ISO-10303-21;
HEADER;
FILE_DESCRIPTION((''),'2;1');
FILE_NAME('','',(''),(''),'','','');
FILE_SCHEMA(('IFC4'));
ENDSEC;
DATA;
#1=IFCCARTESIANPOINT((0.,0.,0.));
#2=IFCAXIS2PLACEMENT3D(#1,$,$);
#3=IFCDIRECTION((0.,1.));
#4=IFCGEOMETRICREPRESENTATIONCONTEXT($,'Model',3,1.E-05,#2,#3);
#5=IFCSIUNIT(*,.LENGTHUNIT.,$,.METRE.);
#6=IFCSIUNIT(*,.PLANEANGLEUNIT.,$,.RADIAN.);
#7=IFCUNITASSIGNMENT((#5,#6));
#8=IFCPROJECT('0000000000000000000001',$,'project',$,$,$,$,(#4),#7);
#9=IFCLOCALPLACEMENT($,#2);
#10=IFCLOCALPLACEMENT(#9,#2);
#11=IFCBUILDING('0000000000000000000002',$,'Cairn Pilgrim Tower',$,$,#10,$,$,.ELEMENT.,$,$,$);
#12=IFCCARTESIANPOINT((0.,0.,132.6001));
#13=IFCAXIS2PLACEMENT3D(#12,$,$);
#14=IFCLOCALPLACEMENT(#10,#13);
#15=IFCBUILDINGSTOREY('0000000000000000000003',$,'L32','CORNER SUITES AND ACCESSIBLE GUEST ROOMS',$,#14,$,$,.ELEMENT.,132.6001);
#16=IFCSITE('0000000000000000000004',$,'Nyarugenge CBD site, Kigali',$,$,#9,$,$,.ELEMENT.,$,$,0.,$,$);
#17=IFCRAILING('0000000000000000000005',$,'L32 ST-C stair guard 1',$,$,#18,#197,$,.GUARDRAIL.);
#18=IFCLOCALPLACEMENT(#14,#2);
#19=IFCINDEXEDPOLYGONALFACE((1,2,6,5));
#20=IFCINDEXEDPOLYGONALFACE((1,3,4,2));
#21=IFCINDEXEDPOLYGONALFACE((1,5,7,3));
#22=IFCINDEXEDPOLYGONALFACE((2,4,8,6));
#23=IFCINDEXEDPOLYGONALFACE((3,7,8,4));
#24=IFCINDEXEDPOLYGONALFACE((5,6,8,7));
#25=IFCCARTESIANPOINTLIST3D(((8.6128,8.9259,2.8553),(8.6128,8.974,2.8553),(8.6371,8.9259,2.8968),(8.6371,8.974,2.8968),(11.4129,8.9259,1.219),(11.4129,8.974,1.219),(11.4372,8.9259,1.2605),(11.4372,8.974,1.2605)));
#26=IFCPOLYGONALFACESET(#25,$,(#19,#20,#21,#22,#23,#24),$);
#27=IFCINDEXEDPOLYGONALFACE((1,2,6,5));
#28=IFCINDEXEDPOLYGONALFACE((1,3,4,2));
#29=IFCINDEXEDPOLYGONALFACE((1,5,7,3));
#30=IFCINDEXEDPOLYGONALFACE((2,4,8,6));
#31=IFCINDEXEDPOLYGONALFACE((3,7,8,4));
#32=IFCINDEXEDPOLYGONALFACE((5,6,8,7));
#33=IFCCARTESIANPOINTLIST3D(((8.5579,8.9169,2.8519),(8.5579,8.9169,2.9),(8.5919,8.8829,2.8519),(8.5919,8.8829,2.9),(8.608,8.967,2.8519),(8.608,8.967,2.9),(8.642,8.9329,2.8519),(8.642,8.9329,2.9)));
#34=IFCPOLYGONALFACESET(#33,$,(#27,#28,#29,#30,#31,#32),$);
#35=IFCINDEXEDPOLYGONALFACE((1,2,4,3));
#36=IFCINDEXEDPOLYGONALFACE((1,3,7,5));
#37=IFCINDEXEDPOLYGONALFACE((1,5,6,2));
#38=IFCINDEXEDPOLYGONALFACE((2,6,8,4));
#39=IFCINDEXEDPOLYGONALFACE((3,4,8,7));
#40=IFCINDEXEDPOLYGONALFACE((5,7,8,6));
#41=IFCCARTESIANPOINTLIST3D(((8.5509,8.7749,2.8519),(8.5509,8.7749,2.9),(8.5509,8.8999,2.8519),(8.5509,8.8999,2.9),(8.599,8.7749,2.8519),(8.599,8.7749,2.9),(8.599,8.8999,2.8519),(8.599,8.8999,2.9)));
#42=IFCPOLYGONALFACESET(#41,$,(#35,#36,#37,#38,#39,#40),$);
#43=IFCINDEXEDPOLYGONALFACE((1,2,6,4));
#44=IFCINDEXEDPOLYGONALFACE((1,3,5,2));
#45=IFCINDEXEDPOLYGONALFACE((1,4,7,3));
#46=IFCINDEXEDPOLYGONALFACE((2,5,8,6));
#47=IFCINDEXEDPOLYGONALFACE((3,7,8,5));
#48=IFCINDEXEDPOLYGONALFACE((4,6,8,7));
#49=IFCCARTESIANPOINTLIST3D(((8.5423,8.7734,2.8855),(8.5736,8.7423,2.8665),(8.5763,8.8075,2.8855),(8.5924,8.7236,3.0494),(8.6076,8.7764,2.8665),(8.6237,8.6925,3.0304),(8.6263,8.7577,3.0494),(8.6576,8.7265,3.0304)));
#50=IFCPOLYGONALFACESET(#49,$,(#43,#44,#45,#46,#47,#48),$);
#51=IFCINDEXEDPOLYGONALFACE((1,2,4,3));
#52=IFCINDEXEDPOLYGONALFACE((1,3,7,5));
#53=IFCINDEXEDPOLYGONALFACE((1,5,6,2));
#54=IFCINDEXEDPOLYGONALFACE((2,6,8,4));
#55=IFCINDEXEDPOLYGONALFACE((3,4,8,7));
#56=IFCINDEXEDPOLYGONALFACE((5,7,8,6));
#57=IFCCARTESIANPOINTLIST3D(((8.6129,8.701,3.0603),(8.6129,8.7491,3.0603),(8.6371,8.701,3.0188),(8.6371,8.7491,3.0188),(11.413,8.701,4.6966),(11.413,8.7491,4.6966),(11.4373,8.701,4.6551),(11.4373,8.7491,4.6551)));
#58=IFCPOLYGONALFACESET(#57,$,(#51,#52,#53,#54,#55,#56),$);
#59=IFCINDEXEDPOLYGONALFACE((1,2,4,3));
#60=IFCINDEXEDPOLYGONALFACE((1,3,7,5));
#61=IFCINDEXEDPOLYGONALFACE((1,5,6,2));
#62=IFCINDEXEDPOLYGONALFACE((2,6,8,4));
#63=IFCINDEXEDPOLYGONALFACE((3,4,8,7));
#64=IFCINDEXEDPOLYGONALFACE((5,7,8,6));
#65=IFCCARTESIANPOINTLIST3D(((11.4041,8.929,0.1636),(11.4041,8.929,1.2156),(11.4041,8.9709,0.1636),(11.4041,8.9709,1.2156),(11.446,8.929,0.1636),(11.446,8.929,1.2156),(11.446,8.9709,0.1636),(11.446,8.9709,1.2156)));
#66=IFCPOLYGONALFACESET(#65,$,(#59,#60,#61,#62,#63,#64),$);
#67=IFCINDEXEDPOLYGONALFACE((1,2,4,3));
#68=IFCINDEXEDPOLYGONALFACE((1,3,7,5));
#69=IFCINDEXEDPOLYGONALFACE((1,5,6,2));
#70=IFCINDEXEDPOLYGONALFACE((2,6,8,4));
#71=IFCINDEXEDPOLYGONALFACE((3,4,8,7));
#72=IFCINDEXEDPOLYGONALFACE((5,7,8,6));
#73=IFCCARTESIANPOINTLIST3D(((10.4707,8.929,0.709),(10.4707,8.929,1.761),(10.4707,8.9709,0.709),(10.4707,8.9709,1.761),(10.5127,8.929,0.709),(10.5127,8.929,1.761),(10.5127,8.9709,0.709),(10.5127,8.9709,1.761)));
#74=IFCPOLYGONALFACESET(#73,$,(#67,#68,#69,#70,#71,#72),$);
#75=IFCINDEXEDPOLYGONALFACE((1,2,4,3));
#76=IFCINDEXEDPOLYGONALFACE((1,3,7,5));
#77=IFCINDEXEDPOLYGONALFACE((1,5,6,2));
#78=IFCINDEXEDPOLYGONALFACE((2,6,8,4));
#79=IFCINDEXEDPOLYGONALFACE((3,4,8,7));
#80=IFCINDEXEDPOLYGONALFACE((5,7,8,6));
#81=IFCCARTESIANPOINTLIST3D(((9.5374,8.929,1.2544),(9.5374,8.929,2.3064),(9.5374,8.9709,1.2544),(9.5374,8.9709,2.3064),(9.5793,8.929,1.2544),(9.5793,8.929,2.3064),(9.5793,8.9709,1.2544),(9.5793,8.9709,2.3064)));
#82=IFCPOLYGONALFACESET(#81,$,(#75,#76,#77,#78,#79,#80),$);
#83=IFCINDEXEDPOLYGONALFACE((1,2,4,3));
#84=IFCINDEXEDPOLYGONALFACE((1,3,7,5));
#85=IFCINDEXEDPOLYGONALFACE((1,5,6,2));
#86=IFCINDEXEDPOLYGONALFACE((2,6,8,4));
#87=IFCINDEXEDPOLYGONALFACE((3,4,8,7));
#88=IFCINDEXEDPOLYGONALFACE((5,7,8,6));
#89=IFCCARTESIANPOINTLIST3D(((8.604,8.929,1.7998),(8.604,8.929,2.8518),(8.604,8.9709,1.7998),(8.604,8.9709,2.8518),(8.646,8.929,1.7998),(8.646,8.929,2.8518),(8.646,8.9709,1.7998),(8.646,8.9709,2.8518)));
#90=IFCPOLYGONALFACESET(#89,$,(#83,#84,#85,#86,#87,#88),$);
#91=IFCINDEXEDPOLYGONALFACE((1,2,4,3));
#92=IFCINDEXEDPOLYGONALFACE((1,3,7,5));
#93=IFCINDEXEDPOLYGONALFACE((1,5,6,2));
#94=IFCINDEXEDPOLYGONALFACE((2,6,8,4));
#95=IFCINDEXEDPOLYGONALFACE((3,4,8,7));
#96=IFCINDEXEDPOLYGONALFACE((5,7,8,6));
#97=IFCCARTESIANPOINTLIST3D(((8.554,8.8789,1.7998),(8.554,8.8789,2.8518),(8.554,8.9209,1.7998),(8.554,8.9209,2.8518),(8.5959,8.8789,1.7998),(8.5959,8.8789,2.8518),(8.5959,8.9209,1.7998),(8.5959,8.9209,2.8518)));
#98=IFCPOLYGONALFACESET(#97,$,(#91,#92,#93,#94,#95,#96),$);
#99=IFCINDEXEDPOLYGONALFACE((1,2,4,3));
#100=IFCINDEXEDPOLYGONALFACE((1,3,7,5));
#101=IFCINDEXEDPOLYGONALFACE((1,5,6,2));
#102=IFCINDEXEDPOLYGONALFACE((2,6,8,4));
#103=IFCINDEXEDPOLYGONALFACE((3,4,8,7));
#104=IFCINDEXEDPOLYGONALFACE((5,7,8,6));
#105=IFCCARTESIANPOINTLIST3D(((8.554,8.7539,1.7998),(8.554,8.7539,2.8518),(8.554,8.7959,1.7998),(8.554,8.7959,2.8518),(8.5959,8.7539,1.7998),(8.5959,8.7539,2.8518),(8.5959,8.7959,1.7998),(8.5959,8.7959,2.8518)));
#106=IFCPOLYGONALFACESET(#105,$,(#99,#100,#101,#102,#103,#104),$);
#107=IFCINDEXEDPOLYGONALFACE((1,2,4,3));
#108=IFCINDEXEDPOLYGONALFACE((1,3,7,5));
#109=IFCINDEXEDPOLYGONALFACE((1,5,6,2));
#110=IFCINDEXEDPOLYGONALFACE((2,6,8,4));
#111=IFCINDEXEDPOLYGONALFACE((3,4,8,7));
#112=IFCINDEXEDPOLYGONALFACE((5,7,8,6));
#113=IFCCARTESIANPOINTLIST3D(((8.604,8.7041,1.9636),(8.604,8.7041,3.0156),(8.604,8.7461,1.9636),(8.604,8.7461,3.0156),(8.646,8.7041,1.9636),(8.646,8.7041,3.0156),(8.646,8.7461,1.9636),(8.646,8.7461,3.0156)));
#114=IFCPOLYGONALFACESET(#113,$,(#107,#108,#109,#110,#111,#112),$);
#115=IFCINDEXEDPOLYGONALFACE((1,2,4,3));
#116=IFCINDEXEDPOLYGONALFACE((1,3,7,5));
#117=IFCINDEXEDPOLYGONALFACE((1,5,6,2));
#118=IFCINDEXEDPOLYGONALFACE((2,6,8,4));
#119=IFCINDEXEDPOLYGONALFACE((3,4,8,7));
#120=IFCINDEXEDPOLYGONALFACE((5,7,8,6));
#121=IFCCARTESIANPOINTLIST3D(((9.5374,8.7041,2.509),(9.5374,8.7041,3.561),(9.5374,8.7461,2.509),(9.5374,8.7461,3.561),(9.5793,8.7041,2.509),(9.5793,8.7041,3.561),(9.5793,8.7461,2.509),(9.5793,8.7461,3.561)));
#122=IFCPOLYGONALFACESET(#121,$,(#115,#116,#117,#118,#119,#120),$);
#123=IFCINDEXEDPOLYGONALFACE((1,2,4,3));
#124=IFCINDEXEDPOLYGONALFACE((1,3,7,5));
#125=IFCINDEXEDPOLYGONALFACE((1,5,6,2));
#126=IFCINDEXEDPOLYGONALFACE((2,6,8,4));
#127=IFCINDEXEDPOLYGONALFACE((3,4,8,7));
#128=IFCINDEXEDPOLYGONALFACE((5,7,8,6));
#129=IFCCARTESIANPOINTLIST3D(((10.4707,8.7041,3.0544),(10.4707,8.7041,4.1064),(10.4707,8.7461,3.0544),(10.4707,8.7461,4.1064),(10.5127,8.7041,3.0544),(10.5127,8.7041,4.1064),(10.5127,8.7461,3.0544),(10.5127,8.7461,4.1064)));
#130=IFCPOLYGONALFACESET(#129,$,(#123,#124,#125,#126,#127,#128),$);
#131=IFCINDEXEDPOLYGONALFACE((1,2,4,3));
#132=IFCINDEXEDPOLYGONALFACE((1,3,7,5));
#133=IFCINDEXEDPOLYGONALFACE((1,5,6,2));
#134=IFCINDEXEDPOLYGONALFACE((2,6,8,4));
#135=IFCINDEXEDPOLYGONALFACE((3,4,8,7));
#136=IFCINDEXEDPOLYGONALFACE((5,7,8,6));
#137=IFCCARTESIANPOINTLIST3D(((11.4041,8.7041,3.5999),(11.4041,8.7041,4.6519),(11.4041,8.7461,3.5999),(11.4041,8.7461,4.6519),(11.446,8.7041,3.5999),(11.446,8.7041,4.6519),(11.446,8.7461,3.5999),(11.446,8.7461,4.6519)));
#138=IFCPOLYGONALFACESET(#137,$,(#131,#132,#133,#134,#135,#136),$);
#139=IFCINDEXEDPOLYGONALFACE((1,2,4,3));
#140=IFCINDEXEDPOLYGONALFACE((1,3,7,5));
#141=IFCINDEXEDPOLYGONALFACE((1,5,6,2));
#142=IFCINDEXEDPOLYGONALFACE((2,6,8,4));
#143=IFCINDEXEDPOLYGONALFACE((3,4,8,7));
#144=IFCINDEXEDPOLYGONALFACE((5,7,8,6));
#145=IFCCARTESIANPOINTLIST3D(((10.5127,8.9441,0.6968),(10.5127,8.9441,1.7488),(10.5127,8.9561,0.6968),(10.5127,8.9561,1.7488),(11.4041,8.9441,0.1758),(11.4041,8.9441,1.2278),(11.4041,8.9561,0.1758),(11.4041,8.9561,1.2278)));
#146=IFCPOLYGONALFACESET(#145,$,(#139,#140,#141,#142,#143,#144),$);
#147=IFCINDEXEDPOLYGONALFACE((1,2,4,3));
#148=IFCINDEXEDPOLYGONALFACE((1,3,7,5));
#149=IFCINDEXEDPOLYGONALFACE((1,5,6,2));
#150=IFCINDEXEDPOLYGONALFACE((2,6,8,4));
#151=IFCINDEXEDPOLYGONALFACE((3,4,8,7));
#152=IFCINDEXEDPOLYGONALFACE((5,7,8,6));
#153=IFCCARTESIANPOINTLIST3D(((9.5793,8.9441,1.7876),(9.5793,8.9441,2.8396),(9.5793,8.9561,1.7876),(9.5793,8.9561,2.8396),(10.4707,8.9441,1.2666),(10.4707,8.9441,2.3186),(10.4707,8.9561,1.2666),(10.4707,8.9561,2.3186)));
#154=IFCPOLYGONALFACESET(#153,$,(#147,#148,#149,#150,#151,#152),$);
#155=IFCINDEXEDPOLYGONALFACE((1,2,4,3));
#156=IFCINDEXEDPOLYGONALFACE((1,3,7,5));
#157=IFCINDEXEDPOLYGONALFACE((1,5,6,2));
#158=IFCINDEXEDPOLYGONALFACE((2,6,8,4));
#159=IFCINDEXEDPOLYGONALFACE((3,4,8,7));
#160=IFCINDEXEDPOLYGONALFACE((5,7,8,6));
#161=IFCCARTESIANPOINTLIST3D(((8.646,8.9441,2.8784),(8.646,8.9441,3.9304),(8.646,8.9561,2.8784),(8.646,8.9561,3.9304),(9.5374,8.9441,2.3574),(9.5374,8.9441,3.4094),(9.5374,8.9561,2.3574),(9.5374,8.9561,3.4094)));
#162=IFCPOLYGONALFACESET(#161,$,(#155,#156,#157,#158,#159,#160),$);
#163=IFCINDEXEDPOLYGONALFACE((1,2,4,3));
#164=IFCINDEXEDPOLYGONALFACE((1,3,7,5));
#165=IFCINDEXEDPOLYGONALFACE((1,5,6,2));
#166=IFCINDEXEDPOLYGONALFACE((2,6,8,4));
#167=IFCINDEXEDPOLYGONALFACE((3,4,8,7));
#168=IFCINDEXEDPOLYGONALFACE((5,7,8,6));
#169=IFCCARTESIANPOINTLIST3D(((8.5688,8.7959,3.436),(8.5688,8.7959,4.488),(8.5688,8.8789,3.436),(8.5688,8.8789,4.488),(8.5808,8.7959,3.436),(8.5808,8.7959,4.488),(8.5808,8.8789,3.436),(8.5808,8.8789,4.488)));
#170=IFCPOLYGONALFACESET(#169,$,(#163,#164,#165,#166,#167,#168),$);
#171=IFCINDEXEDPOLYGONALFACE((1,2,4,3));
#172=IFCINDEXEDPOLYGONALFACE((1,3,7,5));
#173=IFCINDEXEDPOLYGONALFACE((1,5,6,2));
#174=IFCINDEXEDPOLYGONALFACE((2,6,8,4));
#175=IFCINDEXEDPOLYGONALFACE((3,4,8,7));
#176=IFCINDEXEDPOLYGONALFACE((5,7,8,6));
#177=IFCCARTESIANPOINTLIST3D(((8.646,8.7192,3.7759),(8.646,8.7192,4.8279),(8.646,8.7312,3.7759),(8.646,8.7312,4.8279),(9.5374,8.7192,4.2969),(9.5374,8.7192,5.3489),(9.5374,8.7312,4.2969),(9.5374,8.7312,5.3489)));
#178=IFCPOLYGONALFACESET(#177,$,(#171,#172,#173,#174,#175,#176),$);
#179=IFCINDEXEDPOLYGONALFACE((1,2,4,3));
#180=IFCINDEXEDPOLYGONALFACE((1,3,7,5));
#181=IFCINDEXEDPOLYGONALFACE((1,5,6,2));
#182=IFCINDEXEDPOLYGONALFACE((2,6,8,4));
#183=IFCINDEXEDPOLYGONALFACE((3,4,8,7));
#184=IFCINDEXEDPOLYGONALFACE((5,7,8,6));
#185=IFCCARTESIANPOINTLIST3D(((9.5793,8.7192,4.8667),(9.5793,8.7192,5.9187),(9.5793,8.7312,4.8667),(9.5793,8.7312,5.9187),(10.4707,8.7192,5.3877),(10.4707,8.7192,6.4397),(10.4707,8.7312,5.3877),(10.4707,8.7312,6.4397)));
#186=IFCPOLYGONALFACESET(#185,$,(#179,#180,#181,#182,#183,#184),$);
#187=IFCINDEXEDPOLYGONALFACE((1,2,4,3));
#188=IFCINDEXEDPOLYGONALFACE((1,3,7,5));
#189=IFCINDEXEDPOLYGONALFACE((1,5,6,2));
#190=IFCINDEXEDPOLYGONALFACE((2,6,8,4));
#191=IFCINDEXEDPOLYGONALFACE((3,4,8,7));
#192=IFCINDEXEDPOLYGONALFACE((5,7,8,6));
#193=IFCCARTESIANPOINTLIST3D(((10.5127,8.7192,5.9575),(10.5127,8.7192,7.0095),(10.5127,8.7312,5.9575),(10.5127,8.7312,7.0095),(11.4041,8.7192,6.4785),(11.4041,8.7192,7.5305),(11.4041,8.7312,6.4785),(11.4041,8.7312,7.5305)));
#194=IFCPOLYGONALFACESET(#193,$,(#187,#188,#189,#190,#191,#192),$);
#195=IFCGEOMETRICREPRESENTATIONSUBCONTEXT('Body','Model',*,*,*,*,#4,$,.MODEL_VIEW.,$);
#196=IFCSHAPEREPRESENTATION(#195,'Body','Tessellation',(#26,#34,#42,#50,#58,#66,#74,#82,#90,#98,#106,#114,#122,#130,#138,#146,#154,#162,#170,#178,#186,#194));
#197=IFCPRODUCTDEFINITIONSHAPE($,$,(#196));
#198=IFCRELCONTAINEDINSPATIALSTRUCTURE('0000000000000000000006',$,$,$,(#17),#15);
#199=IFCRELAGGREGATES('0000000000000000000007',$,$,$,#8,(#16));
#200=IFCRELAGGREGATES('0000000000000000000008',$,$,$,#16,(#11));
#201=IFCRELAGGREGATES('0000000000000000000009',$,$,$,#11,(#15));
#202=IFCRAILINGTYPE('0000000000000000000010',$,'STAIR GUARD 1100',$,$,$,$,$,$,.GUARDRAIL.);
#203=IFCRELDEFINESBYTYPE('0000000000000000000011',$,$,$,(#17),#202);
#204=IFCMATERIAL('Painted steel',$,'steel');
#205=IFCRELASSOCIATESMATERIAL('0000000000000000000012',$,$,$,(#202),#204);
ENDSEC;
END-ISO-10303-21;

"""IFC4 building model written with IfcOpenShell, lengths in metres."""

from ifc_helpers import new_model, si_unit, direction, frame, origin, origin_2d, place, context, subcontext, project, spatial, polyline, rectangle, outline, extrude, material, type_object, element, save


model = new_model("IFC4")

# Units and contexts
model_context = context("Model", 3, precision=1e-05, world=origin(), true_north=direction((0.0, 1.0)))
body_context = subcontext(model_context, "Body", "Model", "MODEL_VIEW")
ifc_project = project(units=[si_unit("LENGTHUNIT", "METRE"), si_unit("PLANEANGLEUNIT", "RADIAN")], contexts=[model_context])

# Site, building, storey
site_placement = place(None, origin())
site = spatial("IfcSite", under=ifc_project, at=site_placement, Name="Nyarugenge CBD site, Kigali", CompositionType="ELEMENT", RefElevation=0.0)
building_placement = place(site_placement, origin())
building = spatial("IfcBuilding", under=site, at=building_placement, Name="Cairn Pilgrim Tower", CompositionType="ELEMENT")
storey_placement = place(building_placement, frame((0.0, 0.0, 132.6001)))
storey = spatial("IfcBuildingStorey", under=building, at=storey_placement, Name="L32", Description="CORNER SUITES AND ACCESSIBLE GUEST ROOMS", CompositionType="ELEMENT", Elevation=132.6001)

# Shared definitions
ifc_material_1 = material(Name="Painted steel", Category="steel")

# Railing
railing_type_1 = type_object("IfcRailingType", Name="STAIR GUARD 1100", PredefinedType="GUARDRAIL", material=ifc_material_1)
railing_1_placement = place(storey_placement, frame((11.425, 8.95, 0.1636)))
element("IfcRailing", 1, at=railing_1_placement, inside=storey, type_object=railing_type_1, Name="L32 ST-C stair guard 1", PredefinedType="GUARDRAIL", context=body_context, shape_type="SweptSolid", body=[
    extrude(rectangle(XDim=0.0481, YDim=0.0481, at=origin_2d()), frame((0.0, 0.0, 1.0762), z_axis=(-0.863394, 0.0, 0.504531), x_axis=(0.0, -1.0, 0.0)), (0.0, 0.0, 1.0), 3.2432),
    extrude(rectangle(XDim=0.0481, YDim=0.0481, at=origin_2d()), frame((-2.8, 0.0, 2.7124), z_axis=(-0.707107, -0.707107, 0.0), x_axis=(0.707107, -0.707107, 0.0)), (0.0, 0.0, 1.0), 0.0708),
    extrude(rectangle(XDim=0.0481, YDim=0.0481, at=origin_2d()), frame((-2.8501, -0.05, 2.7124), z_axis=(0.0, -1.0, 0.0), x_axis=(1.0, 0.0, 0.0)), (0.0, 0.0, 1.0), 0.125),
    extrude(rectangle(XDim=0.0481, YDim=0.0481, at=origin_2d()), frame((-2.8501, -0.175, 2.7124), z_axis=(0.280564, -0.279195, 0.918332), x_axis=(0.705376, 0.708834, 0.0)), (0.0, 0.0, 1.0), 0.1785),
    extrude(rectangle(XDim=0.0481, YDim=0.0481, at=origin_2d()), frame((-2.8, -0.2249, 2.876), z_axis=(0.863394, 0.0, 0.504531), x_axis=(0.0, 1.0, 0.0)), (0.0, 0.0, 1.0), 3.2432),
    extrude(rectangle(XDim=0.042, YDim=0.042, at=origin_2d()), origin(), (0.0, 0.0, 1.0), 1.052),
    extrude(rectangle(XDim=0.042, YDim=0.042, at=origin_2d()), frame((-0.9333, 0.0, 0.5454)), (0.0, 0.0, 1.0), 1.052),
    extrude(rectangle(XDim=0.042, YDim=0.042, at=origin_2d()), frame((-1.8667, 0.0, 1.0908)), (0.0, 0.0, 1.0), 1.052),
    extrude(rectangle(XDim=0.042, YDim=0.042, at=origin_2d()), frame((-2.8, 0.0, 1.6362)), (0.0, 0.0, 1.0), 1.052),
    extrude(rectangle(XDim=0.042, YDim=0.042, at=origin_2d()), frame((-2.8501, -0.05, 1.6362)), (0.0, 0.0, 1.0), 1.052),
    extrude(rectangle(XDim=0.042, YDim=0.042, at=origin_2d()), frame((-2.8501, -0.175, 1.6362)), (0.0, 0.0, 1.0), 1.052),
    extrude(rectangle(XDim=0.042, YDim=0.042, at=origin_2d()), frame((-2.8, -0.2249, 1.8)), (0.0, 0.0, 1.0), 1.052),
    extrude(rectangle(XDim=0.042, YDim=0.042, at=origin_2d()), frame((-1.8667, -0.2249, 2.3455)), (0.0, 0.0, 1.0), 1.052),
    extrude(rectangle(XDim=0.042, YDim=0.042, at=origin_2d()), frame((-0.9333, -0.2249, 2.8909)), (0.0, 0.0, 1.0), 1.052),
    extrude(rectangle(XDim=0.042, YDim=0.042, at=origin_2d()), frame((0.0, -0.2249, 3.4363)), (0.0, 0.0, 1.0), 1.052),
    extrude(outline(polyline([(0.021, 0.0122), (0.9124, 0.5332), (0.9124, 1.5852), (0.021, 1.0642), (0.021, 0.0122)])), frame((0.0, -0.0059, 0.0), z_axis=(0.0, 1.0, 0.0), x_axis=(-1.0, 0.0, 0.0)), (0.0, 0.0, 1.0), 0.012),
    extrude(outline(polyline([(0.021, 0.5576), (0.9124, 1.0786), (0.9124, 2.1306), (0.021, 1.6096), (0.021, 0.5576)])), frame((-0.9333, -0.0059, 0.5454), z_axis=(0.0, 1.0, 0.0), x_axis=(-1.0, 0.0, 0.0)), (0.0, 0.0, 1.0), 0.012),
    extrude(outline(polyline([(0.021, 1.103), (0.9124, 1.624), (0.9124, 2.676), (0.021, 2.155), (0.021, 1.103)])), frame((-1.8667, -0.0059, 1.0908), z_axis=(0.0, 1.0, 0.0), x_axis=(-1.0, 0.0, 0.0)), (0.0, 0.0, 1.0), 0.012),
    extrude(outline(polyline([(0.021, 1.6362), (0.104, 1.6362), (0.104, 2.6882), (0.021, 2.6882), (0.021, 1.6362)])), frame((-2.8442, -0.05, 1.6362), z_axis=(-1.0, 0.0, 0.0), x_axis=(0.0, -1.0, 0.0)), (0.0, 0.0, 1.0), 0.012),
    extrude(outline(polyline([(0.021, 1.8123), (0.9124, 2.3333), (0.9124, 3.3853), (0.021, 2.8643), (0.021, 1.8123)])), frame((-2.8, -0.2188, 1.8), z_axis=(0.0, -1.0, 0.0), x_axis=(1.0, 0.0, 0.0)), (0.0, 0.0, 1.0), 0.012),
    extrude(outline(polyline([(0.021, 2.3577), (0.9124, 2.8787), (0.9124, 3.9307), (0.021, 3.4097), (0.021, 2.3577)])), frame((-1.8667, -0.2188, 2.3455), z_axis=(0.0, -1.0, 0.0), x_axis=(1.0, 0.0, 0.0)), (0.0, 0.0, 1.0), 0.012),
    extrude(outline(polyline([(0.021, 2.9031), (0.9124, 3.4241), (0.9124, 4.4761), (0.021, 3.9551), (0.021, 2.9031)])), frame((-0.9333, -0.2188, 2.8909), z_axis=(0.0, -1.0, 0.0), x_axis=(1.0, 0.0, 0.0)), (0.0, 0.0, 1.0), 0.012),
])

save(model, "model.ifc")
